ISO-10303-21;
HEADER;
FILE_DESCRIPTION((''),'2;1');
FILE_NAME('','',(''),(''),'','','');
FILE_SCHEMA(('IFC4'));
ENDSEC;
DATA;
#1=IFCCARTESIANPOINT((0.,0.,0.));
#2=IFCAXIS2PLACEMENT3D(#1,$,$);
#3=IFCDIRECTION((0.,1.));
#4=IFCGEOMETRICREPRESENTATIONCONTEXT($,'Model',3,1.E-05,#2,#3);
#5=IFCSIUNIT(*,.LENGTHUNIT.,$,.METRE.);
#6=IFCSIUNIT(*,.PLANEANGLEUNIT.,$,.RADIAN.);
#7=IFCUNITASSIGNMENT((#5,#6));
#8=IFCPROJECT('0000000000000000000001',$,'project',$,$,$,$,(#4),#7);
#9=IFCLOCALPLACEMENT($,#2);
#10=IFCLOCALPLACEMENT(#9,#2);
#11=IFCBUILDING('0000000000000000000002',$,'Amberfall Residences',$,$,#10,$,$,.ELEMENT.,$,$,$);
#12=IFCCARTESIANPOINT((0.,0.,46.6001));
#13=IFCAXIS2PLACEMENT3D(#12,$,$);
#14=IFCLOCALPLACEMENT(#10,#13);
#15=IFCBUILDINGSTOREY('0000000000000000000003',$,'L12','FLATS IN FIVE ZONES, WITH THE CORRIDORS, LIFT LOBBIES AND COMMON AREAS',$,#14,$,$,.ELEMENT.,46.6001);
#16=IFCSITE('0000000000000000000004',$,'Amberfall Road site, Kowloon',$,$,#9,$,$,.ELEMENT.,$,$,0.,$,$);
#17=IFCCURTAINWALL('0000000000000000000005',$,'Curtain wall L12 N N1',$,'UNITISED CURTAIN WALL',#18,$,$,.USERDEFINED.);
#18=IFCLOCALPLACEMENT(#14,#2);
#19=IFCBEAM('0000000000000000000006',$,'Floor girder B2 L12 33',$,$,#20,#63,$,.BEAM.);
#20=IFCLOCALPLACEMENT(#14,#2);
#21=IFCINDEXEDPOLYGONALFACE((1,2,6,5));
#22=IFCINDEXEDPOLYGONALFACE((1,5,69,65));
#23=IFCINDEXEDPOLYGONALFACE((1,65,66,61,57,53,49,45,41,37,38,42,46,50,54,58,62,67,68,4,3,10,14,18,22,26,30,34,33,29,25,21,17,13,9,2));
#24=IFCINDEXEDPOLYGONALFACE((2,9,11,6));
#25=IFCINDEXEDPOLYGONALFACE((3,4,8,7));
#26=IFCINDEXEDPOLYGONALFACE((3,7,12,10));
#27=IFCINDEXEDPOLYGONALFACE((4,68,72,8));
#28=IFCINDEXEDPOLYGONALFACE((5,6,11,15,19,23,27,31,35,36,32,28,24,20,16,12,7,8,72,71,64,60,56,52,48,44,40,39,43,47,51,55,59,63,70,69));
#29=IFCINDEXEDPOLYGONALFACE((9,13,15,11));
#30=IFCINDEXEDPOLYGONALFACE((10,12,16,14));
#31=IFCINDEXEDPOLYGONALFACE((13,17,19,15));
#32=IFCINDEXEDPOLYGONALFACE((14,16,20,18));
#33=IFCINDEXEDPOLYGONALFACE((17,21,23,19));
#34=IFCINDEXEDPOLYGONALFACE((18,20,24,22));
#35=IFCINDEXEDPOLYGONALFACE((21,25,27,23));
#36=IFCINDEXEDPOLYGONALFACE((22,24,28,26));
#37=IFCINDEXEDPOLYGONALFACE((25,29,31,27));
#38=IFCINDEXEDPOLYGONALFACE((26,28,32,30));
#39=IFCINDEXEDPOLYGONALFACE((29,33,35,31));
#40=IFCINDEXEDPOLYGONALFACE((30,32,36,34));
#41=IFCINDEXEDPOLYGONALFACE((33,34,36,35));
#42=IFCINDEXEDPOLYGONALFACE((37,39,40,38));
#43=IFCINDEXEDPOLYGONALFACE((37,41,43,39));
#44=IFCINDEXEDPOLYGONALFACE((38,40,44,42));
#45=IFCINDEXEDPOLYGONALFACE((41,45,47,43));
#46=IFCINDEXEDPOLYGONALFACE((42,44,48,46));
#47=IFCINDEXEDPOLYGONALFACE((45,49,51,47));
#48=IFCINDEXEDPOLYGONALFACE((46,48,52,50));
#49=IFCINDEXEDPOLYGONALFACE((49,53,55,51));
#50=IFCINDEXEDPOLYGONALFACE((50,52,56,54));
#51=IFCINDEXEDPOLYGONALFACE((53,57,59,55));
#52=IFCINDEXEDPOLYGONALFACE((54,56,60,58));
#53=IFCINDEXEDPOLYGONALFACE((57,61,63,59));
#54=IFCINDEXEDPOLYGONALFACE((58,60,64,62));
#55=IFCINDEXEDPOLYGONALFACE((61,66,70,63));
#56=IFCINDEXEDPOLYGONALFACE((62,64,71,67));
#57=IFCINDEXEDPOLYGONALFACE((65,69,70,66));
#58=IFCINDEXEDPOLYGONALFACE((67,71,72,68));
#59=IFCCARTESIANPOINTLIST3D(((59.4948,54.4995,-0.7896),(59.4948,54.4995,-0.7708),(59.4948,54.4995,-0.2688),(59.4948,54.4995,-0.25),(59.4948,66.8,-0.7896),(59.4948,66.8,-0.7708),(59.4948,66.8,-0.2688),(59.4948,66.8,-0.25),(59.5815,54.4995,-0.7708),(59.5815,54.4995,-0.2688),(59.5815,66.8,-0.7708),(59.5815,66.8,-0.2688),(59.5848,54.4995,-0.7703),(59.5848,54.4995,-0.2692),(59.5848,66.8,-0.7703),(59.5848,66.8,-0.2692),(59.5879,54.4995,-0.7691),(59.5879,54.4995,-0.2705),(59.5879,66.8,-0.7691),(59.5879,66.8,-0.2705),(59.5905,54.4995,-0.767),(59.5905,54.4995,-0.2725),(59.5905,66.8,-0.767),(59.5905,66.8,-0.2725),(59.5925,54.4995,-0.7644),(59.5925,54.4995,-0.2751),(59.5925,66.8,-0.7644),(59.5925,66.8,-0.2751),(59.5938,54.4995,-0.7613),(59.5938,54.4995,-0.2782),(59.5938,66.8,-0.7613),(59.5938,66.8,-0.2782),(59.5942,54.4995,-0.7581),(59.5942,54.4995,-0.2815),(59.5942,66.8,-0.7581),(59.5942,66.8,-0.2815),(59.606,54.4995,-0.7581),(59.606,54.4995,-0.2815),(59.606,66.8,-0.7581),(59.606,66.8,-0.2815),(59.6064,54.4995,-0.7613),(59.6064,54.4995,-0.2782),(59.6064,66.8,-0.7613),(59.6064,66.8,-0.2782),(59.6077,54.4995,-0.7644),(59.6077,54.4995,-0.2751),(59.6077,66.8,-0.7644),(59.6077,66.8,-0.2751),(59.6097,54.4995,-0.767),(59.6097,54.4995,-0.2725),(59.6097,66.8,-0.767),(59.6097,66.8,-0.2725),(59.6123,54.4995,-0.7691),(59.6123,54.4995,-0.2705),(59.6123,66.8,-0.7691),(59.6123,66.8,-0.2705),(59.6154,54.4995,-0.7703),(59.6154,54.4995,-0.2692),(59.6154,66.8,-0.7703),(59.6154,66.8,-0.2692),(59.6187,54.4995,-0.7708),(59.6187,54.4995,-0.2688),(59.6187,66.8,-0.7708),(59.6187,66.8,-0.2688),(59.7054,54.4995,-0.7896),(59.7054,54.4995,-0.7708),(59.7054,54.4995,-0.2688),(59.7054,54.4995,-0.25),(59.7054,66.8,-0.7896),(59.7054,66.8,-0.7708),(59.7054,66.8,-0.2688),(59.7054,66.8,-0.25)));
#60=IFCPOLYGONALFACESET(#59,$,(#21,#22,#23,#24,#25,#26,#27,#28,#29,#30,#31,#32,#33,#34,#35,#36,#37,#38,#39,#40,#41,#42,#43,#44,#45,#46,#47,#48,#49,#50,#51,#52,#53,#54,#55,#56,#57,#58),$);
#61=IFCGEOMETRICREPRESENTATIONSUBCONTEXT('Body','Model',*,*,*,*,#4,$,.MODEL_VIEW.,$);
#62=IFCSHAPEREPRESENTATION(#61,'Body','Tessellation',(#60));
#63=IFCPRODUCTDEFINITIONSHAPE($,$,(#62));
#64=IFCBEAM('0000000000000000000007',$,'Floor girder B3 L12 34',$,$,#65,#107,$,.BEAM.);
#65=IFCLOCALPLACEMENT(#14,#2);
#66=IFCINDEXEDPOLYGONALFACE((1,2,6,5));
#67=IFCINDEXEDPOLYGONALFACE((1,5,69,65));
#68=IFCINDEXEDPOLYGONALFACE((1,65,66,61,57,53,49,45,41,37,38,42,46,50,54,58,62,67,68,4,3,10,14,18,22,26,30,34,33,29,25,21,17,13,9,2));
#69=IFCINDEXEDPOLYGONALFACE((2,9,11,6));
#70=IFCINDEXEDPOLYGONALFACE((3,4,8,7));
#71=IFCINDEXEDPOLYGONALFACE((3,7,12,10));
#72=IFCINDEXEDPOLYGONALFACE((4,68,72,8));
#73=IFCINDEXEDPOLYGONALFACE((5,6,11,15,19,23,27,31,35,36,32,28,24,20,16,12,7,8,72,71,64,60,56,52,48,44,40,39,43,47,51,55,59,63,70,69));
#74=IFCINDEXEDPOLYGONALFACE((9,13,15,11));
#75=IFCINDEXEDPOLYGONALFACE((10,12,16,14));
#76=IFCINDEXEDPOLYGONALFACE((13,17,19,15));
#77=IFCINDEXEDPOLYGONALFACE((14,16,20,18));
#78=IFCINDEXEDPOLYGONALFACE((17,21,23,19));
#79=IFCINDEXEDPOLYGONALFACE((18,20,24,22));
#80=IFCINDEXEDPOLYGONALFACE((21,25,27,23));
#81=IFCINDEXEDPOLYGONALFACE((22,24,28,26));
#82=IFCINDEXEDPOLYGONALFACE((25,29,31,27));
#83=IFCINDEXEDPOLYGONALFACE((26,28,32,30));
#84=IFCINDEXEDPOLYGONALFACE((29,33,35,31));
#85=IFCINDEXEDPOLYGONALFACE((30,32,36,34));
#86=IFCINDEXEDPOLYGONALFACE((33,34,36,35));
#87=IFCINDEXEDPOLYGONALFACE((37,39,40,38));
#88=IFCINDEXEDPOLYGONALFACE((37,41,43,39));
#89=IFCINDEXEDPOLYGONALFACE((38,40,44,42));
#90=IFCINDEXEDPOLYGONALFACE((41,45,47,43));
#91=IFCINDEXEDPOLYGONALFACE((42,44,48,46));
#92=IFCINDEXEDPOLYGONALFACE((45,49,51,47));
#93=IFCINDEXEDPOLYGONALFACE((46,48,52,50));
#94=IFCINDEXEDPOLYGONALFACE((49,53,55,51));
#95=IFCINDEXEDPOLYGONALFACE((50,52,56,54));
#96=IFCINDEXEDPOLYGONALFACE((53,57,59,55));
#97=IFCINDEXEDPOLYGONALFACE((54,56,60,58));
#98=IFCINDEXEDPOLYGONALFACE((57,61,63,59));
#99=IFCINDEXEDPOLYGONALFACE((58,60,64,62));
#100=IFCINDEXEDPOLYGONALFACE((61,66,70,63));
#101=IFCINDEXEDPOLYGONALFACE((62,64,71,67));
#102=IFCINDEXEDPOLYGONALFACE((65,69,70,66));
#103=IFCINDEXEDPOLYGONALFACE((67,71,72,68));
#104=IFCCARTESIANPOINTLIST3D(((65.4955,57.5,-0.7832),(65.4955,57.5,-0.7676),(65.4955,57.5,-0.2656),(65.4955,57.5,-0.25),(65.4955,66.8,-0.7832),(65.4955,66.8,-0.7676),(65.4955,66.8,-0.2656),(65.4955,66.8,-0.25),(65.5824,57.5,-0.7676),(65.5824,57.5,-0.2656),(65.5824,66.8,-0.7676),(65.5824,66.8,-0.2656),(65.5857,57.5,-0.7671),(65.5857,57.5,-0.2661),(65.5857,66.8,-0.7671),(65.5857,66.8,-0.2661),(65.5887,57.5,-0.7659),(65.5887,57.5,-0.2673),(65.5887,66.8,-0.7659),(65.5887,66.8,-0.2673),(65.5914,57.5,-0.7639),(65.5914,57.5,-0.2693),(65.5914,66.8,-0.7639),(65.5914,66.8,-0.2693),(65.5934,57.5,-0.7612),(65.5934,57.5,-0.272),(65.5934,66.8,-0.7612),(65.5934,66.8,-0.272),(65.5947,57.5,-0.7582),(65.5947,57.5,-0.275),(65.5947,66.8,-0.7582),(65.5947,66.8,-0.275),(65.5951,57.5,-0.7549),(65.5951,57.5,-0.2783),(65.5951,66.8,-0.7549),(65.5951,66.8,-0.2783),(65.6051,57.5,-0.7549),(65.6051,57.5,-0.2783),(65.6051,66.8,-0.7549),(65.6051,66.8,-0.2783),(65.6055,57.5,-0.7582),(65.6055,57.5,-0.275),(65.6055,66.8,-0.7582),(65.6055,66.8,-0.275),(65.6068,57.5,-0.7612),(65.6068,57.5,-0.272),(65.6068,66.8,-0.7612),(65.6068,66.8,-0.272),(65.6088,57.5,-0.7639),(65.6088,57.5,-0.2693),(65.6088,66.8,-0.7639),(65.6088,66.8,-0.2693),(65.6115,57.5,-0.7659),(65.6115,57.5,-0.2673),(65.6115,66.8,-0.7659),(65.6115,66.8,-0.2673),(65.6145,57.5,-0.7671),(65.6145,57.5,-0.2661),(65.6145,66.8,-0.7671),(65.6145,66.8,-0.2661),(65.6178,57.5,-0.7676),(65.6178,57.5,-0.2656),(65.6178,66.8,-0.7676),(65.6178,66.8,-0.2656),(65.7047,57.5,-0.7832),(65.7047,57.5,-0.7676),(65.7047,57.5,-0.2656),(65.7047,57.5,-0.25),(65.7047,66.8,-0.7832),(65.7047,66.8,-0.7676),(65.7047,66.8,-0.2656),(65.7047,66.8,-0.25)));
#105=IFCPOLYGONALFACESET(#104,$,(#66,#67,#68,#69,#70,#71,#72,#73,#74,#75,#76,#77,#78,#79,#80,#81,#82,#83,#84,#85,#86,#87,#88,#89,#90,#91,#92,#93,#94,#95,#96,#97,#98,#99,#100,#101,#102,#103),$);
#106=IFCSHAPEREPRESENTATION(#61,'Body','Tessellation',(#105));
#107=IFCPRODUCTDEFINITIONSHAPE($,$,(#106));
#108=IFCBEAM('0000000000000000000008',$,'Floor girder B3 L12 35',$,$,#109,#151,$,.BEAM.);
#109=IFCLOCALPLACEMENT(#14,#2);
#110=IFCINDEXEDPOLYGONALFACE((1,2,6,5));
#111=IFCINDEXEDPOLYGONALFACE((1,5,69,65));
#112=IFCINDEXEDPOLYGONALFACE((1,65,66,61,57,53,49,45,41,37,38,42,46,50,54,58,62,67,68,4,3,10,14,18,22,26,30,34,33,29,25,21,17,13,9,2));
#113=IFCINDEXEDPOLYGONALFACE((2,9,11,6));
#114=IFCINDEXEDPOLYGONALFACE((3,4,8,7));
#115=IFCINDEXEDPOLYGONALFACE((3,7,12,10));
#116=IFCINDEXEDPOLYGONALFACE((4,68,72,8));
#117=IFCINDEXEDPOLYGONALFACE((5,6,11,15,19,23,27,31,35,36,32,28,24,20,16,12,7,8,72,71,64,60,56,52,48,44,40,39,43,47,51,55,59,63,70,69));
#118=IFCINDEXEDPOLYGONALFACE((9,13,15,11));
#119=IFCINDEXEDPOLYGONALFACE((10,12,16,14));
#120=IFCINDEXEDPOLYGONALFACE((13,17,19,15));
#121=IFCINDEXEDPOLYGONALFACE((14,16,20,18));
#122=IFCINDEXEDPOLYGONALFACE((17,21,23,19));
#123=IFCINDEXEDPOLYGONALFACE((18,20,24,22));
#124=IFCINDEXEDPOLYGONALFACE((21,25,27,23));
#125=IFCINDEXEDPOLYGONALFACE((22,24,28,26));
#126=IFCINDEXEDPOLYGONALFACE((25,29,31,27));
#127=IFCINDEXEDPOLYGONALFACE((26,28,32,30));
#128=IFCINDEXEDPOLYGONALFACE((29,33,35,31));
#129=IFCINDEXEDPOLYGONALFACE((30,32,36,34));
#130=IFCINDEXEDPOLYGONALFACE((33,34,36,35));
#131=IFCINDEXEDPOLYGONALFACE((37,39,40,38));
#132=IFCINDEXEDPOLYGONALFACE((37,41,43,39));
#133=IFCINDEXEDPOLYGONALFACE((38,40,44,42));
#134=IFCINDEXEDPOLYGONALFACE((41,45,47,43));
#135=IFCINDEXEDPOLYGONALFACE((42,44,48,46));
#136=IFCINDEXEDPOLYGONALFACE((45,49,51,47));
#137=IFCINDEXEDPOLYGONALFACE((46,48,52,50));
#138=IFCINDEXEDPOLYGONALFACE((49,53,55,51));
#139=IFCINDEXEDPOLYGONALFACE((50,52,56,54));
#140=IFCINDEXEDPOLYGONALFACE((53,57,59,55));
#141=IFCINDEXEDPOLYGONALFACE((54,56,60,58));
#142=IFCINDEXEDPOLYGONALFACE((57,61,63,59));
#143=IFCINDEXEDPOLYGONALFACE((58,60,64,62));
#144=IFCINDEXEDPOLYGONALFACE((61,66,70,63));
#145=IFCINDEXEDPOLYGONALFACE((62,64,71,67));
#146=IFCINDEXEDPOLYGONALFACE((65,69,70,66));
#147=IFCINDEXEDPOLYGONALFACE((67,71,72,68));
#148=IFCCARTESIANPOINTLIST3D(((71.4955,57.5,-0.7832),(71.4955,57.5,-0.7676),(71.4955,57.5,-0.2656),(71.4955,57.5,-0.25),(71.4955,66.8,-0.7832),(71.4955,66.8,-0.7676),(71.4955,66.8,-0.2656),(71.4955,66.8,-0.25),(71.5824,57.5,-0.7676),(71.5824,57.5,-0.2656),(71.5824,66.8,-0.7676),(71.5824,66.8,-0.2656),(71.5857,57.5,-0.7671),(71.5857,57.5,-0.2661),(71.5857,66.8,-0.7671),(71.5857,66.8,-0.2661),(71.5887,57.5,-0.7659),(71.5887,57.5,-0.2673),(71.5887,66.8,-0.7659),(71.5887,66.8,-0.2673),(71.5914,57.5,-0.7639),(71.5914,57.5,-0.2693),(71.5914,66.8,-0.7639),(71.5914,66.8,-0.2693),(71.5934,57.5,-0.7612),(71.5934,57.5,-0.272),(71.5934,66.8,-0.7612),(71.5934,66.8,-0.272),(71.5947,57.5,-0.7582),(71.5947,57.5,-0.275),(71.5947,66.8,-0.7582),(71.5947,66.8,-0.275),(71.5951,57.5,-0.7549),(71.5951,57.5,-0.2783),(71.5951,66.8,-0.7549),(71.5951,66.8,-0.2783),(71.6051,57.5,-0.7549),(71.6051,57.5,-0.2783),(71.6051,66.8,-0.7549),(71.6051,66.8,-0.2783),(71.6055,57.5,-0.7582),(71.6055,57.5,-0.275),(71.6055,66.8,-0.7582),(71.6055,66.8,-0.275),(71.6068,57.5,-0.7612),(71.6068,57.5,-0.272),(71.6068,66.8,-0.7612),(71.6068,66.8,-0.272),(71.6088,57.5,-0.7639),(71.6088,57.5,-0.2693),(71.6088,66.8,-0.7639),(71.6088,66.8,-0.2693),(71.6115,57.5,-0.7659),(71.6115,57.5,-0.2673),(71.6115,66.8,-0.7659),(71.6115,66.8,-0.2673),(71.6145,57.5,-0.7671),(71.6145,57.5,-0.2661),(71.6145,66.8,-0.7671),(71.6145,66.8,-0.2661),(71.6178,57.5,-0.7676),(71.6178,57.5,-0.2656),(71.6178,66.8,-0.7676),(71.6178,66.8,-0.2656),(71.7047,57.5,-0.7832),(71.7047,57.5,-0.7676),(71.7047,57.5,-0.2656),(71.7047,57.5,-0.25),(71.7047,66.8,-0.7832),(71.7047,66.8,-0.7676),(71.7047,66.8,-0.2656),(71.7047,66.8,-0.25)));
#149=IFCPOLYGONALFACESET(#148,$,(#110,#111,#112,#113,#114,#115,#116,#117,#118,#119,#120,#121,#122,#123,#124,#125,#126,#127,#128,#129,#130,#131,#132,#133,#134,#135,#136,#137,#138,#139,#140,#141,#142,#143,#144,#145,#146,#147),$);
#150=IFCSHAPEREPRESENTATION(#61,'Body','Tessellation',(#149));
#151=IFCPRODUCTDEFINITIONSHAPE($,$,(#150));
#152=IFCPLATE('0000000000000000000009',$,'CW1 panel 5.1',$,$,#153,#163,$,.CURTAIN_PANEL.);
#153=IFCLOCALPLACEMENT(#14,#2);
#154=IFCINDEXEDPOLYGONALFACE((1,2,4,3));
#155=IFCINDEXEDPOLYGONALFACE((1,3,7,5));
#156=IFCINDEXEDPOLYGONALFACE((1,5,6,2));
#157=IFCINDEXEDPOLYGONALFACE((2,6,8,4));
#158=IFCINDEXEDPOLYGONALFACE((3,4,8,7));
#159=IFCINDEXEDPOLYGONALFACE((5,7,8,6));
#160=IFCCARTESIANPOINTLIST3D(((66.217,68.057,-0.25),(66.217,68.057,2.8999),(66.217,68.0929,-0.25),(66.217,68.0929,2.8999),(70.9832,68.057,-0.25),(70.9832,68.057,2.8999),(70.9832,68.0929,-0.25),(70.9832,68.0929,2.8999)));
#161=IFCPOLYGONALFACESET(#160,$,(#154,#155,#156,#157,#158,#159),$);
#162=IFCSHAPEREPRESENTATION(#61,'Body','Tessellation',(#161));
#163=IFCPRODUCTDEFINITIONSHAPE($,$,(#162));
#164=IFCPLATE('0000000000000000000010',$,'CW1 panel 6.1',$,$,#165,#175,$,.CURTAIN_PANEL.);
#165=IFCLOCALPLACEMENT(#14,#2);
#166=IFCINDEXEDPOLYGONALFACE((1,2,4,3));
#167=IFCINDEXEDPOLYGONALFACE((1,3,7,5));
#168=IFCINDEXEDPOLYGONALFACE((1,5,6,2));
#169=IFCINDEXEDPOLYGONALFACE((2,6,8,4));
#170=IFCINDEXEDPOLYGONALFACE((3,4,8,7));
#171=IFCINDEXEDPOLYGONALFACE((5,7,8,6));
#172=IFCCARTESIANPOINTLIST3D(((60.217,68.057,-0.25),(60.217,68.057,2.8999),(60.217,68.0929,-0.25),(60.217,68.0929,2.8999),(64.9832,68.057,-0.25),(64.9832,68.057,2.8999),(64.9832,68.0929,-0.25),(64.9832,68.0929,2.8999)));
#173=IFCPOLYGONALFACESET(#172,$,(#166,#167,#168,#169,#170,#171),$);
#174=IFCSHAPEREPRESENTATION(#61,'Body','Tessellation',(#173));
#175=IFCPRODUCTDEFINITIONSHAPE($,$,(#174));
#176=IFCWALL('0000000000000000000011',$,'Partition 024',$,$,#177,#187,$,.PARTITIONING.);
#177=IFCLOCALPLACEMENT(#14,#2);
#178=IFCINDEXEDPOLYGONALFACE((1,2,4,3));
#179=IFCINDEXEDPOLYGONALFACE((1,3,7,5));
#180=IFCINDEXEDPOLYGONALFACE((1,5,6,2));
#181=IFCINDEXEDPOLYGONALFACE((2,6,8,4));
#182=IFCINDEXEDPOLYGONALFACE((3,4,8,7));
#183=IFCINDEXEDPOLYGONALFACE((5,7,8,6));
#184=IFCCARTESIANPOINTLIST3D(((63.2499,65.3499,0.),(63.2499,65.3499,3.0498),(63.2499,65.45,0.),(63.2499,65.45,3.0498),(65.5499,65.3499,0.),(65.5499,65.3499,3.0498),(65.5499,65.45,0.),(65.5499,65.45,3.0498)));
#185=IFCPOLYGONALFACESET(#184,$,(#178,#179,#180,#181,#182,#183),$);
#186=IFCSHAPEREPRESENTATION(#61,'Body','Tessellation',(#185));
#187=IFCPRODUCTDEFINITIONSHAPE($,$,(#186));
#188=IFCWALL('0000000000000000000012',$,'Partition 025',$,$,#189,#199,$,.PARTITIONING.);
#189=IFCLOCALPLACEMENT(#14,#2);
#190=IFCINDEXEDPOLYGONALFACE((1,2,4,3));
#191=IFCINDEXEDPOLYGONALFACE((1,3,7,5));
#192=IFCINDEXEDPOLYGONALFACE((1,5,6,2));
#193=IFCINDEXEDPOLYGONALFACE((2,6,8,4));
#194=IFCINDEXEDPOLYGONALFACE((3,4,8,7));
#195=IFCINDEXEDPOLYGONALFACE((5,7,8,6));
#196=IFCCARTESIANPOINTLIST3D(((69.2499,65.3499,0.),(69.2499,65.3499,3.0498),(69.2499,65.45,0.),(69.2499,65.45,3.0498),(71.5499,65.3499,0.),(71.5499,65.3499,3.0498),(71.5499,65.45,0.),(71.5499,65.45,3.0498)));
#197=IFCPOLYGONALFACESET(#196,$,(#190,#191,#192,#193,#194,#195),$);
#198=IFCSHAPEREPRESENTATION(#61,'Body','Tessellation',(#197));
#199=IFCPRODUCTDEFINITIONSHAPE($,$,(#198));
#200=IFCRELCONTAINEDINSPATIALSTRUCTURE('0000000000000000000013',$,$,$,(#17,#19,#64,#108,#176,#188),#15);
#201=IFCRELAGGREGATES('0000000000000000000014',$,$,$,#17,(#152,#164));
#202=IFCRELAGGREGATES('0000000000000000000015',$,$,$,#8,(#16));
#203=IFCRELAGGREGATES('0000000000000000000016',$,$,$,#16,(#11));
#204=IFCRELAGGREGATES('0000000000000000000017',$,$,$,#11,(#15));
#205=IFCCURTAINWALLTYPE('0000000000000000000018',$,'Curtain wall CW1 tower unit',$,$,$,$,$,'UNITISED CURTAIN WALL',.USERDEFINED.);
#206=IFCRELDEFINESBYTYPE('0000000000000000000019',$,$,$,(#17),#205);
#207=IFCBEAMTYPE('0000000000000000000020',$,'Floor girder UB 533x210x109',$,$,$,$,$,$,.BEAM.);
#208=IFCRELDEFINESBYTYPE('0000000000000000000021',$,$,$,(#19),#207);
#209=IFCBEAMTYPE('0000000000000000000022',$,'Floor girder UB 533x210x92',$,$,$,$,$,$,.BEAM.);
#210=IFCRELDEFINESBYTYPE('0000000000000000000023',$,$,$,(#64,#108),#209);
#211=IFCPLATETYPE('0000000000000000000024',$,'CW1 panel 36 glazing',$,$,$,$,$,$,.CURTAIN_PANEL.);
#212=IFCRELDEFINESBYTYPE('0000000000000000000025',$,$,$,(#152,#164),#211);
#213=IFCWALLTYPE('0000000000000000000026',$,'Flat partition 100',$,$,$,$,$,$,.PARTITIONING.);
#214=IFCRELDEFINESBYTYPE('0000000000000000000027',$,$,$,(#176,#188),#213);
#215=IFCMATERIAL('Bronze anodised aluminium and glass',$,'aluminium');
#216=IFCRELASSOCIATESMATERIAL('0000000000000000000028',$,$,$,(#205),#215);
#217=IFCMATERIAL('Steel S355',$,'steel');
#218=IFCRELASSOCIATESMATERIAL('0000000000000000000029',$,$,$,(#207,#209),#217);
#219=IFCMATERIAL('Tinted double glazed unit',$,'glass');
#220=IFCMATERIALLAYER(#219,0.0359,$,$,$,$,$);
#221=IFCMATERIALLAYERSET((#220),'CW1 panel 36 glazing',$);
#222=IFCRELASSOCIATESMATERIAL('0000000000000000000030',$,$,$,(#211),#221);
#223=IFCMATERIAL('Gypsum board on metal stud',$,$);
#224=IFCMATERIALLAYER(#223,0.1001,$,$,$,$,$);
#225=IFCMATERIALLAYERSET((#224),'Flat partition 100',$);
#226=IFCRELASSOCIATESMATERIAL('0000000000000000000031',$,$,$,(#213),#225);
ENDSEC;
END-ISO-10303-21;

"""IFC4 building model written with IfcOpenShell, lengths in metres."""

from ifc_helpers import new_model, si_unit, direction, frame, frame_2d, origin, origin_2d, place, context, subcontext, project, spatial, rectangle, i_section, extrude, material, layer, layer_set, material_profile, profile_set, type_object, element, aggregate, save


model = new_model("IFC4")

# Units and contexts
model_context = context("Model", 3, precision=1e-05, world=origin(), true_north=direction((0.0, 1.0)))
body_context = subcontext(model_context, "Body", "Model", "MODEL_VIEW")
ifc_project = project(units=[si_unit("LENGTHUNIT", "METRE"), si_unit("PLANEANGLEUNIT", "RADIAN")], contexts=[model_context])

# Site, building, storey
site_placement = place(None, origin())
site = spatial("IfcSite", under=ifc_project, at=site_placement, Name="Amberfall Road site, Kowloon", CompositionType="ELEMENT", RefElevation=0.0)
building_placement = place(site_placement, origin())
building = spatial("IfcBuilding", under=site, at=building_placement, Name="Amberfall Residences", CompositionType="ELEMENT")
storey_placement = place(building_placement, frame((0.0, 0.0, 46.6001)))
storey = spatial("IfcBuildingStorey", under=building, at=storey_placement, Name="L12", Description="FLATS IN FIVE ZONES, WITH THE CORRIDORS, LIFT LOBBIES AND COMMON AREAS", CompositionType="ELEMENT", Elevation=46.6001)

# Curtain wall
ifc_material_1 = material(Name="Bronze anodised aluminium and glass", Category="aluminium")
curtain_wall_type = type_object("IfcCurtainWallType", Name="Curtain wall CW1 tower unit", ElementType="UNITISED CURTAIN WALL", PredefinedType="USERDEFINED", material=ifc_material_1)
curtain_wall_placement = place(storey_placement, origin())
curtain_wall = element("IfcCurtainWall", 1, at=curtain_wall_placement, inside=storey, type_object=curtain_wall_type, Name="Curtain wall L12 N N1", ObjectType="UNITISED CURTAIN WALL", PredefinedType="USERDEFINED")

# Shared definitions
ifc_material_2 = material(Name="Steel S355", Category="steel")

# Beams
ifc_material_profile_1 = material_profile(ifc_material_2, i_section(OverallWidth=0.2107, OverallDepth=0.5396, WebThickness=0.0117, FlangeThickness=0.0188, FilletRadius=0.0127, at=origin_2d()), Name="UB 533x210x109")
ifc_profile_set_1 = profile_set([ifc_material_profile_1], Name="Steel S355")
beam_type_1 = type_object("IfcBeamType", Name="Floor girder UB 533x210x109", PredefinedType="BEAM", material=ifc_profile_set_1)
beam_placement = place(storey_placement, frame((59.6001, 66.8, -0.5198), z_axis=(0.0, -1.0, 0.0), x_axis=(1.0, 0.0, 0.0)))
element("IfcBeam", 2, at=beam_placement, inside=storey, type_object=beam_type_1, Name="Floor girder B2 L12 33", PredefinedType="BEAM", context=body_context, shape_type="SweptSolid", body=[
    extrude(i_section(OverallWidth=0.2107, OverallDepth=0.5396, WebThickness=0.0117, FlangeThickness=0.0188, FilletRadius=0.0127, at=origin_2d()), origin(), (0.0, 0.0, 1.0), 12.3005),
])
ifc_material_profile_2 = material_profile(ifc_material_2, i_section(OverallWidth=0.2092, OverallDepth=0.5332, WebThickness=0.01, FlangeThickness=0.0156, FilletRadius=0.0127, at=origin_2d()), Name="UB 533x210x92")
ifc_profile_set_2 = profile_set([ifc_material_profile_2], Name="Steel S355")
beam_type_2 = type_object("IfcBeamType", Name="Floor girder UB 533x210x92", PredefinedType="BEAM", material=ifc_profile_set_2)
for number, where, z_axis, x_axis, name in (
    (3, (65.6001, 66.8, -0.5166), (0.0, -1.0, 0.0), (1.0, 0.0, 0.0), "Floor girder B3 L12 34"),
    (4, (71.6001, 66.8, -0.5166), (0.0, -1.0, 0.0), (1.0, 0.0, 0.0), "Floor girder B3 L12 35"),
):
    element("IfcBeam", number, at=place(storey_placement, frame(where, z_axis=z_axis, x_axis=x_axis)), inside=storey, type_object=beam_type_2, Name=name, PredefinedType="BEAM", context=body_context, shape_type="SweptSolid", body=[
        extrude(i_section(OverallWidth=0.2092, OverallDepth=0.5332, WebThickness=0.01, FlangeThickness=0.0156, FilletRadius=0.0127, at=origin_2d()), origin(), (0.0, 0.0, 1.0), 9.3),
    ])

# Plates
ifc_material_3 = material(Name="Tinted double glazed unit", Category="glass")
ifc_layer_1 = layer(ifc_material_3, 0.0359)
ifc_layer_set_1 = layer_set([ifc_layer_1], Name="CW1 panel 36 glazing")
plate_type = type_object("IfcPlateType", Name="CW1 panel 36 glazing", PredefinedType="CURTAIN_PANEL", material=ifc_layer_set_1)
plate_1_placement = place(storey_placement, frame((68.6001, 68.075, -0.25), z_axis=(0.0, 0.0, 1.0), x_axis=(-1.0, 0.0, 0.0)))
plate_1 = element("IfcPlate", 5, at=plate_1_placement, type_object=plate_type, Name="CW1 panel 5.1", PredefinedType="CURTAIN_PANEL", context=body_context, shape_type="SweptSolid", body=[
    extrude(rectangle(XDim=4.7661, YDim=0.0359, at=origin_2d()), origin(), (0.0, 0.0, 1.0), 3.1499),
])
plate_2_placement = place(storey_placement, frame((62.6001, 68.075, -0.25), z_axis=(0.0, 0.0, 1.0), x_axis=(-1.0, 0.0, 0.0)))
plate_2 = element("IfcPlate", 6, at=plate_2_placement, type_object=plate_type, Name="CW1 panel 6.1", PredefinedType="CURTAIN_PANEL", context=body_context, shape_type="SweptSolid", body=[
    extrude(rectangle(XDim=4.7661, YDim=0.0359, at=origin_2d()), origin(), (0.0, 0.0, 1.0), 3.1499),
])
aggregate(curtain_wall, [plate_1, plate_2])

# Walls
ifc_material_4 = material(Name="Gypsum board on metal stud")
ifc_layer_2 = layer(ifc_material_4, 0.1001)
ifc_layer_set_2 = layer_set([ifc_layer_2], Name="Flat partition 100")
wall_type = type_object("IfcWallType", Name="Flat partition 100", PredefinedType="PARTITIONING", material=ifc_layer_set_2)
for number, where, z_axis, x_axis, name in (
    (7, (63.25, 65.3999, 0.0), (0.0, 0.0, 1.0), (1.0, 0.0, 0.0), "Partition 024"),
    (8, (69.25, 65.3999, 0.0), (0.0, 0.0, 1.0), (1.0, 0.0, 0.0), "Partition 025"),
):
    element("IfcWall", number, at=place(storey_placement, frame(where, z_axis=z_axis, x_axis=x_axis)), inside=storey, type_object=wall_type, Name=name, PredefinedType="PARTITIONING", context=body_context, shape_type="SweptSolid", body=[
        extrude(rectangle(XDim=2.3, YDim=0.1001, at=frame_2d((1.1499, 0.0))), origin(), (0.0, 0.0, 1.0), 3.0498),
    ])

save(model, "model.ifc")
